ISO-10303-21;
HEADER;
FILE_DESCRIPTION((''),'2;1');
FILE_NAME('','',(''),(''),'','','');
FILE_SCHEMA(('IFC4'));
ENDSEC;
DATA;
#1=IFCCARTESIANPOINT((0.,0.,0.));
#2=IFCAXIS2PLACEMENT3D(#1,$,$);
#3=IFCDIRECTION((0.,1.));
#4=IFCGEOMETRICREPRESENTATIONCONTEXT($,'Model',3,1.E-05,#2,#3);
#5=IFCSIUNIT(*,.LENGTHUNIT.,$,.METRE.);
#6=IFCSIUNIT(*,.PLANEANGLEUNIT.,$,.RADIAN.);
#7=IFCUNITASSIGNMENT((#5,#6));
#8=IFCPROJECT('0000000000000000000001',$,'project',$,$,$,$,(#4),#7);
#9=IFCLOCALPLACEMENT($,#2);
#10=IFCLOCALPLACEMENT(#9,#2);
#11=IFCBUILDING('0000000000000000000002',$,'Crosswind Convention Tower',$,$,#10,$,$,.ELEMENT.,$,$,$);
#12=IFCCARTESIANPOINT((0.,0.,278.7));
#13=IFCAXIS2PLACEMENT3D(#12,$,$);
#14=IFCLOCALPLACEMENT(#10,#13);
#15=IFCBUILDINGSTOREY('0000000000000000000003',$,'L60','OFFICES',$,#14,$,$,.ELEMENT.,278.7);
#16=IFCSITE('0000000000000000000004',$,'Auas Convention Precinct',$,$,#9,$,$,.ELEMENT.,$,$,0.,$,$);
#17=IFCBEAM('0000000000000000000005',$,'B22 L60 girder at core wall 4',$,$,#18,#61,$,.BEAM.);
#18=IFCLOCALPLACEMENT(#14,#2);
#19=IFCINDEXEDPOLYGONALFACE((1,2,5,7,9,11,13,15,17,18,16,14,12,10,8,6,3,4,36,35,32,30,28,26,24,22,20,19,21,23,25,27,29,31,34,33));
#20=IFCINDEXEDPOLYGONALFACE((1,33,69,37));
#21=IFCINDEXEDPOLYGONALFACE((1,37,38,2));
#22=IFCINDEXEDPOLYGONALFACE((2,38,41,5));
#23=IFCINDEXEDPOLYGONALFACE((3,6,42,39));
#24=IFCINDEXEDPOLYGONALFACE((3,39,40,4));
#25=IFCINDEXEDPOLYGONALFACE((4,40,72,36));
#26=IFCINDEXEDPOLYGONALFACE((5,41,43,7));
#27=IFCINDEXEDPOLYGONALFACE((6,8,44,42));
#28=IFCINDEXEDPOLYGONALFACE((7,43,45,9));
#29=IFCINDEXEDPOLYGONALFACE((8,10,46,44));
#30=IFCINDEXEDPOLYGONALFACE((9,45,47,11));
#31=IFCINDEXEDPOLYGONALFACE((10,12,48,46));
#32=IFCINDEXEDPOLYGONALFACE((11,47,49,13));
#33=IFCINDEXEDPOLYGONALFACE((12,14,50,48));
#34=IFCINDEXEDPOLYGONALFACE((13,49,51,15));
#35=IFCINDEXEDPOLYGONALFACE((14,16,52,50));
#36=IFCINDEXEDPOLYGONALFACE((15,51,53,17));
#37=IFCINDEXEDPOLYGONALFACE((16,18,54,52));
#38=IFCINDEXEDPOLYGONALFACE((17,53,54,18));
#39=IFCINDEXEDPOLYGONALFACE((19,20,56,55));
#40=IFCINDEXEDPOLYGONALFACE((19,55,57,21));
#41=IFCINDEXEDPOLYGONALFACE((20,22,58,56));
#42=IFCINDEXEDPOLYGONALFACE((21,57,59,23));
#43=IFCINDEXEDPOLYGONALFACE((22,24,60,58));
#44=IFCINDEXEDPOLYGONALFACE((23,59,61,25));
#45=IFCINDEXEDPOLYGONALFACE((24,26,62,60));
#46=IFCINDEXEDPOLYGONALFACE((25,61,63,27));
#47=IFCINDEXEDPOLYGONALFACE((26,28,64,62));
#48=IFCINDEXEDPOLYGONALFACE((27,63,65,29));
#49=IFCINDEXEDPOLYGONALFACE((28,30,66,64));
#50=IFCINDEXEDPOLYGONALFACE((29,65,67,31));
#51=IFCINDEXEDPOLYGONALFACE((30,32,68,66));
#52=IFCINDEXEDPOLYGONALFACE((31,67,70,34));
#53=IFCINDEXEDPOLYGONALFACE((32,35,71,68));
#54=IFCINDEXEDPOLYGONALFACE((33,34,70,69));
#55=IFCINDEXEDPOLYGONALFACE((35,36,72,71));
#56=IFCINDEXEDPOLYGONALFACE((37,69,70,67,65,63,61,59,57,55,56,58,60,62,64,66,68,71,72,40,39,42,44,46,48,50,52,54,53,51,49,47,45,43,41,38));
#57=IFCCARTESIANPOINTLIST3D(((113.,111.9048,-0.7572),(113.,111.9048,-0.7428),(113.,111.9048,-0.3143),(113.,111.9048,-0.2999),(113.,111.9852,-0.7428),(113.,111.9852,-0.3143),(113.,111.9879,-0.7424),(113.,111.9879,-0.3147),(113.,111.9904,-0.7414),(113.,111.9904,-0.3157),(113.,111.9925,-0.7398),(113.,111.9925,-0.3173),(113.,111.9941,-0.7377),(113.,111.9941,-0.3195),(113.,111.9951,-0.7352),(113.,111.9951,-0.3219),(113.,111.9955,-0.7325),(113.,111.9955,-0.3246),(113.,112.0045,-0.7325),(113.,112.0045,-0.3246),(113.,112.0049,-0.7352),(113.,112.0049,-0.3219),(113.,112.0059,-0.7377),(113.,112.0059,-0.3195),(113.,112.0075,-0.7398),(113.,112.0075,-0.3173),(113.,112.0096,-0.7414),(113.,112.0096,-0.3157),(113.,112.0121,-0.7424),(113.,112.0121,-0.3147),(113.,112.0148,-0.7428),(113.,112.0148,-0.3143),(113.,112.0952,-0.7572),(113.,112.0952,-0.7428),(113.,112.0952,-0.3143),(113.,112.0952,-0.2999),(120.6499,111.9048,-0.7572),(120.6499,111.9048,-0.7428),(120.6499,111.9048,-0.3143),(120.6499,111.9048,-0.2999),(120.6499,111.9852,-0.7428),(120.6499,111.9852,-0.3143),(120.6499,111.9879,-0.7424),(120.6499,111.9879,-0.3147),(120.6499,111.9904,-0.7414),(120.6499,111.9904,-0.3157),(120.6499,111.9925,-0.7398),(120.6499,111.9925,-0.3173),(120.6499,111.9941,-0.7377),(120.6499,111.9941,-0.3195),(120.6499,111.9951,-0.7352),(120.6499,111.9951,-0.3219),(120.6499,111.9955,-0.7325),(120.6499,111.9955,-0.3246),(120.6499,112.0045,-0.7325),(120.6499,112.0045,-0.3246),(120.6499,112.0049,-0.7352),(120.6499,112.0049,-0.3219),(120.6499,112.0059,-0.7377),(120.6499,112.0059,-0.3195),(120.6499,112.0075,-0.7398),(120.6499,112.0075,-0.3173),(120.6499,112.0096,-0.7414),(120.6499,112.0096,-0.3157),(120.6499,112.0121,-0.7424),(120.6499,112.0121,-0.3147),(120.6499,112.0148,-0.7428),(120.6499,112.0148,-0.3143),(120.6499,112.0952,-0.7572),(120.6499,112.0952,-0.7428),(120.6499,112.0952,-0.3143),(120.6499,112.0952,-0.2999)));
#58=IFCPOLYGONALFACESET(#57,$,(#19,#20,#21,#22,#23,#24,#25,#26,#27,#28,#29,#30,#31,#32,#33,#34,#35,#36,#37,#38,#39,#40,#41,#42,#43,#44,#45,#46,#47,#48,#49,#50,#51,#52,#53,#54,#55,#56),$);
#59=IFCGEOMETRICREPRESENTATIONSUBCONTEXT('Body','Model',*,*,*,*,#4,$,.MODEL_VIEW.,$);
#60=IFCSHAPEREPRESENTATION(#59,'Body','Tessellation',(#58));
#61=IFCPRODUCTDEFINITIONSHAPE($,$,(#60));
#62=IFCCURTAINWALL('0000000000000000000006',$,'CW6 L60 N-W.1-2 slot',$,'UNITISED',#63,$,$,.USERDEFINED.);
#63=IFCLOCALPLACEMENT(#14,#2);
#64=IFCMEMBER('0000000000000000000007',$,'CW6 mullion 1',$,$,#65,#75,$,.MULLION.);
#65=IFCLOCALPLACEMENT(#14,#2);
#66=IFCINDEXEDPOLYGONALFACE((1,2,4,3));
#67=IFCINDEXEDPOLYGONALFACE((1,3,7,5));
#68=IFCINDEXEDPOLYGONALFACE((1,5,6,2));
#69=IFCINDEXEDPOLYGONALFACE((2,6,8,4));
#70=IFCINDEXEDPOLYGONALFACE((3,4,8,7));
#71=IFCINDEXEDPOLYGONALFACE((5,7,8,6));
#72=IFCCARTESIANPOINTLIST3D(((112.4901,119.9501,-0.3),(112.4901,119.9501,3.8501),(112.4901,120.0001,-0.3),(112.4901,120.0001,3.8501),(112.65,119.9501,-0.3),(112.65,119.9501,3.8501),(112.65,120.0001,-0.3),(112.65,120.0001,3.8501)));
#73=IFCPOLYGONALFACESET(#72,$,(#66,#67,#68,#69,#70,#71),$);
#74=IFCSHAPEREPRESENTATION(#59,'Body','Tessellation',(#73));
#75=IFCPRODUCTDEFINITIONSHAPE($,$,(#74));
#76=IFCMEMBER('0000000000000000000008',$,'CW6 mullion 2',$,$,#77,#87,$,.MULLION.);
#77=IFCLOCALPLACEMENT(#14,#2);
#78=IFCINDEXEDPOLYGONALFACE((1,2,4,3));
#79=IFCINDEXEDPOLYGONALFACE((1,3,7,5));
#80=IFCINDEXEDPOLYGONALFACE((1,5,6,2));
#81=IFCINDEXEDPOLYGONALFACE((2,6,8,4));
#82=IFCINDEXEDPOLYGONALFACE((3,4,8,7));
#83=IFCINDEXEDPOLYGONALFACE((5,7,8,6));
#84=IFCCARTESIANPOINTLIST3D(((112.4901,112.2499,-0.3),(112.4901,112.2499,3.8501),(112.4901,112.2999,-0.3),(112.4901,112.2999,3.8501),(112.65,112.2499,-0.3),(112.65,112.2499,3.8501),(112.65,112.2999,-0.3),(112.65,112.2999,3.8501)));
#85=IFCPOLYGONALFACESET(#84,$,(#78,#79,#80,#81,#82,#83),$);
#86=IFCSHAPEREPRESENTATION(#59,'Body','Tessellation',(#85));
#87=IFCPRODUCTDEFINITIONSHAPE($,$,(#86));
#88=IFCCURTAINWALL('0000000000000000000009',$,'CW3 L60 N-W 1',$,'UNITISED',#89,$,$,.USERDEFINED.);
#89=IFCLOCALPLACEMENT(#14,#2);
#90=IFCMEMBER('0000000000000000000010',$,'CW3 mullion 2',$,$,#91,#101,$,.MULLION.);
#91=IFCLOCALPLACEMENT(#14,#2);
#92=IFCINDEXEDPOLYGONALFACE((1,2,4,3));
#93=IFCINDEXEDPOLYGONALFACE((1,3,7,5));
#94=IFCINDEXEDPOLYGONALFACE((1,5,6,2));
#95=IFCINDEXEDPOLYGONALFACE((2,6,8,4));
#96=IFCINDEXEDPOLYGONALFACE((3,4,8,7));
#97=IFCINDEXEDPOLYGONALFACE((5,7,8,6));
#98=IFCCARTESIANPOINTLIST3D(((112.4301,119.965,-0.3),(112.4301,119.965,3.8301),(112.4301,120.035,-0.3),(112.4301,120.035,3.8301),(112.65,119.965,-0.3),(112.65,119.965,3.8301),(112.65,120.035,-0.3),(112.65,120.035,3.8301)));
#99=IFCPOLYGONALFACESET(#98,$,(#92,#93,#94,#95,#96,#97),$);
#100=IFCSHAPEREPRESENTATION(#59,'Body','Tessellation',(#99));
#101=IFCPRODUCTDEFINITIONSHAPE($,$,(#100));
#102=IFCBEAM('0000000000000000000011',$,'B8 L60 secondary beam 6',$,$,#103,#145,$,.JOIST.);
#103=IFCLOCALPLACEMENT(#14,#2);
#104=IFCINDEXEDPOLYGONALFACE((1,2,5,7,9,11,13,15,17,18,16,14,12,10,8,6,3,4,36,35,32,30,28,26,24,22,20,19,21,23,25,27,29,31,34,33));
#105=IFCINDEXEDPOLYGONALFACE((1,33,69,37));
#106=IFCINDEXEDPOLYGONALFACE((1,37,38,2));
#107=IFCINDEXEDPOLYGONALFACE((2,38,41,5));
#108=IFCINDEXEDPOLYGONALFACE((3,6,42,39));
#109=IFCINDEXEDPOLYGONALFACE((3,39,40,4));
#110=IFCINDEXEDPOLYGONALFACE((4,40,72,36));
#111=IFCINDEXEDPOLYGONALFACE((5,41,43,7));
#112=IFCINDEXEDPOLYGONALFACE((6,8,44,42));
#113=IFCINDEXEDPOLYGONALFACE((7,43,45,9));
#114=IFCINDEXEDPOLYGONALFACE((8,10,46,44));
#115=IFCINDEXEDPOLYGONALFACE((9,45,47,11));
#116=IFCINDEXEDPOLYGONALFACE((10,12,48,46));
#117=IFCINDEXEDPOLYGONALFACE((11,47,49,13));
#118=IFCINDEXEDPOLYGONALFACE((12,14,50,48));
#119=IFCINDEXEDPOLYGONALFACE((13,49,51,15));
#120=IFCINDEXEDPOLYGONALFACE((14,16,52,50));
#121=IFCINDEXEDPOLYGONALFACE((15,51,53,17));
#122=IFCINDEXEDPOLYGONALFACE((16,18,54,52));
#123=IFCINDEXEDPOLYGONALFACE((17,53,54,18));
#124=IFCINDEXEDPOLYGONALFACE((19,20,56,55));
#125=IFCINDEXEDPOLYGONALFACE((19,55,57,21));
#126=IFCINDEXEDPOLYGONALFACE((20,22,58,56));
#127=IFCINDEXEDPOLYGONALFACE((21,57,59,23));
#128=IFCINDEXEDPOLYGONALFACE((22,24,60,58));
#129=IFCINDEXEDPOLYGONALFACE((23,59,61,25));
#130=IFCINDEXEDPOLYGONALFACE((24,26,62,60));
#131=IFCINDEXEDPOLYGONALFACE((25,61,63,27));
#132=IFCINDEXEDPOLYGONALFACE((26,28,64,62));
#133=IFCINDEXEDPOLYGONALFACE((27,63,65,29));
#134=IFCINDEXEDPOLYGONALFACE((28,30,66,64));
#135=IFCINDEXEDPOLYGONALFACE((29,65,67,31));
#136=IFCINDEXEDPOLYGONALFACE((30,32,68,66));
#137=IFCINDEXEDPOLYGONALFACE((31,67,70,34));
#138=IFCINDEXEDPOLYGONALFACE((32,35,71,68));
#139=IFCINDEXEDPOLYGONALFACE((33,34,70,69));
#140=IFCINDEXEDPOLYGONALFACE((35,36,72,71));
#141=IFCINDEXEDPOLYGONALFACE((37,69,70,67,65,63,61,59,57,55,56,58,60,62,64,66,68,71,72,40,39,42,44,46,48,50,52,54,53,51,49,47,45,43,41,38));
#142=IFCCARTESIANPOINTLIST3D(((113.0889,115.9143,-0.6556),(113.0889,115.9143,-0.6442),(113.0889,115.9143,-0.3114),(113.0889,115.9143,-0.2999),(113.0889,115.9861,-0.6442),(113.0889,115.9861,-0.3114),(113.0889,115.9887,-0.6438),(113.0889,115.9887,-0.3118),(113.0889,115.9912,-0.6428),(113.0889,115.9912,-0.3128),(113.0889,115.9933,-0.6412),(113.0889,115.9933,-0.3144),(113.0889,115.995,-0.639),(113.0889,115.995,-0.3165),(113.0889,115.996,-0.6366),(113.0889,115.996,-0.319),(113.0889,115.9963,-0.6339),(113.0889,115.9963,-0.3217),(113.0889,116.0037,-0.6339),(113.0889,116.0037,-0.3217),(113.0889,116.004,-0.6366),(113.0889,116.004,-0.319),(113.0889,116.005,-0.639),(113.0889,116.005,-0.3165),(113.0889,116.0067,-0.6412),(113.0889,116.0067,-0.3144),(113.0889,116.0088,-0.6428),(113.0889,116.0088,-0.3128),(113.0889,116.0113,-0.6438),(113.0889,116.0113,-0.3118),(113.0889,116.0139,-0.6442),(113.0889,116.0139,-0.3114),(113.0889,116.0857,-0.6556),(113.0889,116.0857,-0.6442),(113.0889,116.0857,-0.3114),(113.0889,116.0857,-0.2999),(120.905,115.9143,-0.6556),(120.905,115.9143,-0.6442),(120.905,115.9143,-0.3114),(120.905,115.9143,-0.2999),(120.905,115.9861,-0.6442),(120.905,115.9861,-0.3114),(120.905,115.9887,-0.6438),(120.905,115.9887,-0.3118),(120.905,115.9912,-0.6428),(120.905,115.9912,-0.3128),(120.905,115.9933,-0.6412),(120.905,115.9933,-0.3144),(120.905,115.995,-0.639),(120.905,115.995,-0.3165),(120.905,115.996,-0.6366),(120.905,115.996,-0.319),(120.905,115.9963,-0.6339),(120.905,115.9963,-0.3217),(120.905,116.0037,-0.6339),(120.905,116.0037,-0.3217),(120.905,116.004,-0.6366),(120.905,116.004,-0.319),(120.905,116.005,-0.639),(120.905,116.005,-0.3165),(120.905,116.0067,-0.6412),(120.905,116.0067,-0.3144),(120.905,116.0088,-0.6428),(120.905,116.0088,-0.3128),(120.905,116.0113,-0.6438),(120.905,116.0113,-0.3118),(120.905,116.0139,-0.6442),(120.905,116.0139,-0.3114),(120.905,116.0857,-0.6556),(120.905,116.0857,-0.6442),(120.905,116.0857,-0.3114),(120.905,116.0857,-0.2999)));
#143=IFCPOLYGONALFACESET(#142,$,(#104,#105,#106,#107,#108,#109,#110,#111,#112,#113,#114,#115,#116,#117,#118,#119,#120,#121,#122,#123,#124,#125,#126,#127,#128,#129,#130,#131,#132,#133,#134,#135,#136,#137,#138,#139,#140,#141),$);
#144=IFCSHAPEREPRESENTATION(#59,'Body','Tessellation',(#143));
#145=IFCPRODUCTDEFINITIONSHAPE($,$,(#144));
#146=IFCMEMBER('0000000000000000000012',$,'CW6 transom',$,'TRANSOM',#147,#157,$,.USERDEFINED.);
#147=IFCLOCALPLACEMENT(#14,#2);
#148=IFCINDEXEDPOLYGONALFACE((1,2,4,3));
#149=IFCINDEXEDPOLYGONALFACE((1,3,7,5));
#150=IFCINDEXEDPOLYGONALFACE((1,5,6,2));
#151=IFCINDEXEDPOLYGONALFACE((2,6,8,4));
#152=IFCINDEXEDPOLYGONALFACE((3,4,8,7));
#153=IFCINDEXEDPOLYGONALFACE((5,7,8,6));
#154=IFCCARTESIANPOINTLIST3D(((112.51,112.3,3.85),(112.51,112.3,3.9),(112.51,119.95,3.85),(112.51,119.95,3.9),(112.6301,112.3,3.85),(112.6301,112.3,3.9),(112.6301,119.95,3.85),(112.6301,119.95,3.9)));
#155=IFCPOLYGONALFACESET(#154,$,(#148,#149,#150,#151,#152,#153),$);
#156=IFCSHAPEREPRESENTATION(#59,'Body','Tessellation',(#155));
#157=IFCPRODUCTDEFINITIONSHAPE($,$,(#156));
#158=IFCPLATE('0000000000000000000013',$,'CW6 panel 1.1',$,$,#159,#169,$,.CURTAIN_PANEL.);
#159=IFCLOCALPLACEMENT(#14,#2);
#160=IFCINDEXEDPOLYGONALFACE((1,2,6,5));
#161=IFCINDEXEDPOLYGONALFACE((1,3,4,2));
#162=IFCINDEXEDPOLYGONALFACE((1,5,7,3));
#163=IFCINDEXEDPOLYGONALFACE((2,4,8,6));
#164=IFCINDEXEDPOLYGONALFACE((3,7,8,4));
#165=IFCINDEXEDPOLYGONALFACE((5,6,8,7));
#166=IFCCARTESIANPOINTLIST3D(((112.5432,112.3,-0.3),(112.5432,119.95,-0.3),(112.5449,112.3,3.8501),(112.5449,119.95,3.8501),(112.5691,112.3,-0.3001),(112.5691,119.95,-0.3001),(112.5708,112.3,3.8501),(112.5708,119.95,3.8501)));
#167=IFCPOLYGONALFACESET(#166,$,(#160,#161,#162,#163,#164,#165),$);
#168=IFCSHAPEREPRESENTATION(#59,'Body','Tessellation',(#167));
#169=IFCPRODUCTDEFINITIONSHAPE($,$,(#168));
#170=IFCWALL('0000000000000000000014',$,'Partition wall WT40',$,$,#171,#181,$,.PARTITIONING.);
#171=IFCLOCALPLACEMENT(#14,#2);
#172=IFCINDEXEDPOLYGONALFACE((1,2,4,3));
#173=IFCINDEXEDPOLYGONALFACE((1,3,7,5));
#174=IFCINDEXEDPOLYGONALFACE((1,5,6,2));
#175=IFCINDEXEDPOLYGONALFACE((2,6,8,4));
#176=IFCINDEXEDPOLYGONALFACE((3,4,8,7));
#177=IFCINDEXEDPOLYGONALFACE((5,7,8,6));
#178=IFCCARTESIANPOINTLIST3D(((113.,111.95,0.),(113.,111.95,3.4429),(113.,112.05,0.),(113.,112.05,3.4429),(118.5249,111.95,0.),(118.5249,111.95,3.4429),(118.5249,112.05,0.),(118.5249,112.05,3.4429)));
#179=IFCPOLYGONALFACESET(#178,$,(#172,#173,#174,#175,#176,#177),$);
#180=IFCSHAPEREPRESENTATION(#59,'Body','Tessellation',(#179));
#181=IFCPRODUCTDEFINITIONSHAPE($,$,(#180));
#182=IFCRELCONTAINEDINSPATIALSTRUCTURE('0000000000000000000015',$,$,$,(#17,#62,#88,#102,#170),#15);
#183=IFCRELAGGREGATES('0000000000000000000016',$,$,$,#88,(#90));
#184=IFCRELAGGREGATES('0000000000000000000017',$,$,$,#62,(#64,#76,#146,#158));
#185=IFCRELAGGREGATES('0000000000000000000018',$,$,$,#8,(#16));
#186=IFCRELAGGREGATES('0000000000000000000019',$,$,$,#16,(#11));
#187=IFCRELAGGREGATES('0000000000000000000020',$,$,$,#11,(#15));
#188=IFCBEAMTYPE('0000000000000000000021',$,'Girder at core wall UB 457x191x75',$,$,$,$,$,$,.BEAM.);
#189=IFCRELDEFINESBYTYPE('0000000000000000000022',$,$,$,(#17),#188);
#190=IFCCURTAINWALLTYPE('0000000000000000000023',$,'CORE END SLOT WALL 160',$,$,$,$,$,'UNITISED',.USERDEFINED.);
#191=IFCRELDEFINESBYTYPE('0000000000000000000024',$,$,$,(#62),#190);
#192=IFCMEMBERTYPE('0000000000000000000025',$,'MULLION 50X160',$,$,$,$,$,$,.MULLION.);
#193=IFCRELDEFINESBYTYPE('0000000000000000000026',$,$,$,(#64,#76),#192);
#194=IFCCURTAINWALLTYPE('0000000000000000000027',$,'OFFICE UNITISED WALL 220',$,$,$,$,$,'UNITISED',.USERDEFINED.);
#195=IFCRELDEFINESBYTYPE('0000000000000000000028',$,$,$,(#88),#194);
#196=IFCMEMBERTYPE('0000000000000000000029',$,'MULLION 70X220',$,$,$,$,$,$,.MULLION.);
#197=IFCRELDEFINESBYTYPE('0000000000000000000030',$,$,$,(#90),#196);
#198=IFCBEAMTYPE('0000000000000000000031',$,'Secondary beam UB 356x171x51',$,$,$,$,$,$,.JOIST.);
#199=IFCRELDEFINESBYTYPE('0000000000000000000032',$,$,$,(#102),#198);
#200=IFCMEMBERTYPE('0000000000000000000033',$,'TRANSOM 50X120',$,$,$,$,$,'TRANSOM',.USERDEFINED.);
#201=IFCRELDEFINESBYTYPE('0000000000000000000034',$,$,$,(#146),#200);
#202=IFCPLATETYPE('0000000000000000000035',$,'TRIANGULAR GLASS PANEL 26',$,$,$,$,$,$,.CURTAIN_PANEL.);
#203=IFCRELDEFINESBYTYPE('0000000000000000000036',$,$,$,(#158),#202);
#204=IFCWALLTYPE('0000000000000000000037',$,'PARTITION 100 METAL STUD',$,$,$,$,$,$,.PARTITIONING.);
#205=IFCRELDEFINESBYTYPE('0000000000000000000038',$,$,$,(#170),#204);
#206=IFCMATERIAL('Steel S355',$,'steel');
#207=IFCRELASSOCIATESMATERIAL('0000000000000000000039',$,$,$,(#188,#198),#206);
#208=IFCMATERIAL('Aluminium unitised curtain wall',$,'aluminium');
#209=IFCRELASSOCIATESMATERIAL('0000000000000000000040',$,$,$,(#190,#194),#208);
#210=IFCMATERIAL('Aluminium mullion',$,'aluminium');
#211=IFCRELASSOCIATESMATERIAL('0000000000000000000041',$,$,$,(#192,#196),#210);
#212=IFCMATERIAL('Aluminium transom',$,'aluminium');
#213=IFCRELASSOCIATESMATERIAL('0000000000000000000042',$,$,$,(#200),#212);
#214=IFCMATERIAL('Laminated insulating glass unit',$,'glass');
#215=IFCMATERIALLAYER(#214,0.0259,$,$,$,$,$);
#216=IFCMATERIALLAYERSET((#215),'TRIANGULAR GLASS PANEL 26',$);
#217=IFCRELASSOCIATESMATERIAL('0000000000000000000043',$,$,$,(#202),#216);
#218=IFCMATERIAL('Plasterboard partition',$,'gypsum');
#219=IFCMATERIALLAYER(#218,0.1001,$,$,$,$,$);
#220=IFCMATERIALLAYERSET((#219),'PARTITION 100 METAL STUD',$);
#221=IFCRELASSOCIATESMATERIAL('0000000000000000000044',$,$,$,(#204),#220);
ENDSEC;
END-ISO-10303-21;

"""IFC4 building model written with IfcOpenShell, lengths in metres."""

from ifc_helpers import new_model, si_unit, direction, frame, frame_2d, origin, origin_2d, place, context, subcontext, project, spatial, polyline, rectangle, i_section, outline, extrude, material, layer, layer_set, material_profile, profile_set, type_object, element, aggregate, save


model = new_model("IFC4")

# Units and contexts
model_context = context("Model", 3, precision=1e-05, world=origin(), true_north=direction((0.0, 1.0)))
body_context = subcontext(model_context, "Body", "Model", "MODEL_VIEW")
ifc_project = project(units=[si_unit("LENGTHUNIT", "METRE"), si_unit("PLANEANGLEUNIT", "RADIAN")], contexts=[model_context])

# Site, building, storey
site_placement = place(None, origin())
site = spatial("IfcSite", under=ifc_project, at=site_placement, Name="Auas Convention Precinct", CompositionType="ELEMENT", RefElevation=0.0)
building_placement = place(site_placement, origin())
building = spatial("IfcBuilding", under=site, at=building_placement, Name="Crosswind Convention Tower", CompositionType="ELEMENT")
storey_placement = place(building_placement, frame((0.0, 0.0, 278.7)))
storey = spatial("IfcBuildingStorey", under=building, at=storey_placement, Name="L60", Description="OFFICES", CompositionType="ELEMENT", Elevation=278.7)

# Beam
ifc_material_1 = material(Name="Steel S355", Category="steel")
ifc_material_profile_1 = material_profile(ifc_material_1, i_section(OverallWidth=0.1904, OverallDepth=0.4573, WebThickness=0.009, FlangeThickness=0.0144, FilletRadius=0.0103, at=origin_2d()), Name="UB 457x191x75")
ifc_profile_set_1 = profile_set([ifc_material_profile_1], Name="Steel S355")
beam_type_1 = type_object("IfcBeamType", Name="Girder at core wall UB 457x191x75", PredefinedType="BEAM", material=ifc_profile_set_1)
beam_1_placement = place(storey_placement, frame((113.0, 112.0, -0.5286), z_axis=(1.0, 0.0, 0.0), x_axis=(0.0, 1.0, 0.0)))
element("IfcBeam", 1, at=beam_1_placement, inside=storey, type_object=beam_type_1, Name="B22 L60 girder at core wall 4", PredefinedType="BEAM", context=body_context, shape_type="SweptSolid", body=[
    extrude(i_section(OverallWidth=0.1904, OverallDepth=0.4573, WebThickness=0.009, FlangeThickness=0.0144, FilletRadius=0.0103, at=origin_2d()), origin(), (0.0, 0.0, 1.0), 7.6499),
])

# Curtain wall, members
ifc_material_2 = material(Name="Aluminium unitised curtain wall", Category="aluminium")
curtain_wall_type_1 = type_object("IfcCurtainWallType", Name="CORE END SLOT WALL 160", ElementType="UNITISED", PredefinedType="USERDEFINED", material=ifc_material_2)
curtain_wall_1_placement = place(storey_placement, origin())
curtain_wall_1 = element("IfcCurtainWall", 2, at=curtain_wall_1_placement, inside=storey, type_object=curtain_wall_type_1, Name="CW6 L60 N-W.1-2 slot", ObjectType="UNITISED", PredefinedType="USERDEFINED")
ifc_material_3 = material(Name="Aluminium mullion", Category="aluminium")
ifc_material_profile_2 = material_profile(ifc_material_3, rectangle(XDim=0.1599, YDim=0.05, at=origin_2d()), Name="AL 160X50")
ifc_profile_set_2 = profile_set([ifc_material_profile_2], Name="Aluminium mullion")
member_type_1 = type_object("IfcMemberType", Name="MULLION 50X160", PredefinedType="MULLION", material=ifc_profile_set_2)
member_1_placement = place(storey_placement, frame((112.5701, 119.9751, -0.3), z_axis=(0.0, 0.0, 1.0), x_axis=(-1.0, 0.0, 0.0)))
member_1 = element("IfcMember", 3, at=member_1_placement, type_object=member_type_1, Name="CW6 mullion 1", PredefinedType="MULLION", context=body_context, shape_type="SweptSolid", body=[
    extrude(rectangle(XDim=0.1599, YDim=0.05, at=origin_2d()), origin(), (0.0, 0.0, 1.0), 4.1501),
])
member_2_placement = place(storey_placement, frame((112.5701, 112.2749, -0.3), z_axis=(0.0, 0.0, 1.0), x_axis=(-1.0, 0.0, 0.0)))
member_2 = element("IfcMember", 4, at=member_2_placement, type_object=member_type_1, Name="CW6 mullion 2", PredefinedType="MULLION", context=body_context, shape_type="SweptSolid", body=[
    extrude(rectangle(XDim=0.1599, YDim=0.05, at=origin_2d()), origin(), (0.0, 0.0, 1.0), 4.1501),
])

# Curtain wall, member
curtain_wall_type_2 = type_object("IfcCurtainWallType", Name="OFFICE UNITISED WALL 220", ElementType="UNITISED", PredefinedType="USERDEFINED", material=ifc_material_2)
curtain_wall_2_placement = place(storey_placement, origin())
curtain_wall_2 = element("IfcCurtainWall", 5, at=curtain_wall_2_placement, inside=storey, type_object=curtain_wall_type_2, Name="CW3 L60 N-W 1", ObjectType="UNITISED", PredefinedType="USERDEFINED")
ifc_material_profile_3 = material_profile(ifc_material_3, rectangle(XDim=0.22, YDim=0.0701, at=origin_2d()), Name="AL 220X70")
ifc_profile_set_3 = profile_set([ifc_material_profile_3], Name="Aluminium mullion")
member_type_2 = type_object("IfcMemberType", Name="MULLION 70X220", PredefinedType="MULLION", material=ifc_profile_set_3)
member_3_placement = place(storey_placement, frame((112.54, 120.0, -0.3), z_axis=(0.0, 0.0, 1.0), x_axis=(-1.0, 0.0, 0.0)))
member_3 = element("IfcMember", 6, at=member_3_placement, type_object=member_type_2, Name="CW3 mullion 2", PredefinedType="MULLION", context=body_context, shape_type="SweptSolid", body=[
    extrude(rectangle(XDim=0.22, YDim=0.0701, at=origin_2d()), origin(), (0.0, 0.0, 1.0), 4.1301),
])
aggregate(curtain_wall_2, [member_3])

# Beam
ifc_material_profile_4 = material_profile(ifc_material_1, i_section(OverallWidth=0.1714, OverallDepth=0.3557, WebThickness=0.0073, FlangeThickness=0.0115, FilletRadius=0.0103, at=origin_2d()), Name="UB 356x171x51")
ifc_profile_set_4 = profile_set([ifc_material_profile_4], Name="Steel S355")
beam_type_2 = type_object("IfcBeamType", Name="Secondary beam UB 356x171x51", PredefinedType="JOIST", material=ifc_profile_set_4)
beam_2_placement = place(storey_placement, frame((113.0889, 116.0, -0.4778), z_axis=(1.0, 0.0, 0.0), x_axis=(0.0, 1.0, 0.0)))
element("IfcBeam", 7, at=beam_2_placement, inside=storey, type_object=beam_type_2, Name="B8 L60 secondary beam 6", PredefinedType="JOIST", context=body_context, shape_type="SweptSolid", body=[
    extrude(i_section(OverallWidth=0.1714, OverallDepth=0.3557, WebThickness=0.0073, FlangeThickness=0.0115, FilletRadius=0.0103, at=origin_2d()), origin(), (0.0, 0.0, 1.0), 7.8162),
])

# Member
ifc_material_4 = material(Name="Aluminium transom", Category="aluminium")
ifc_material_profile_5 = material_profile(ifc_material_4, rectangle(XDim=0.1201, YDim=0.05, at=origin_2d()), Name="AL 120X50")
ifc_profile_set_5 = profile_set([ifc_material_profile_5], Name="Aluminium transom")
member_type_3 = type_object("IfcMemberType", Name="TRANSOM 50X120", ElementType="TRANSOM", PredefinedType="USERDEFINED", material=ifc_profile_set_5)
member_4_placement = place(storey_placement, frame((112.5701, 119.95, 3.875), z_axis=(0.0, -1.0, 0.0), x_axis=(1.0, 0.0, 0.0)))
member_4 = element("IfcMember", 8, at=member_4_placement, type_object=member_type_3, Name="CW6 transom", ObjectType="TRANSOM", PredefinedType="USERDEFINED", context=body_context, shape_type="SweptSolid", body=[
    extrude(rectangle(XDim=0.1201, YDim=0.05, at=origin_2d()), origin(), (0.0, 0.0, 1.0), 7.6499),
])

# Plate
ifc_material_5 = material(Name="Laminated insulating glass unit", Category="glass")
ifc_layer_1 = layer(ifc_material_5, 0.0259)
ifc_layer_set_1 = layer_set([ifc_layer_1], Name="TRIANGULAR GLASS PANEL 26")
plate_type = type_object("IfcPlateType", Name="TRIANGULAR GLASS PANEL 26", PredefinedType="CURTAIN_PANEL", material=ifc_layer_set_1)
plate_placement = place(storey_placement, frame((112.5432, 119.95, -0.3), z_axis=(-1.0, 0.0, 0.000412), x_axis=(0.0, -1.0, 0.0)))
plate = element("IfcPlate", 9, at=plate_placement, type_object=plate_type, Name="CW6 panel 1.1", PredefinedType="CURTAIN_PANEL", context=body_context, shape_type="SweptSolid", body=[
    extrude(outline(polyline([(0.0, 0.0), (7.6499, 0.0), (7.6499, 4.1501), (0.0, 4.1501), (0.0, 0.0)])), origin(), (0.0, 0.0, -1.0), 0.0259),
])
aggregate(curtain_wall_1, [member_1, member_2, member_4, plate])

# Wall
ifc_material_6 = material(Name="Plasterboard partition", Category="gypsum")
ifc_layer_2 = layer(ifc_material_6, 0.1001)
ifc_layer_set_2 = layer_set([ifc_layer_2], Name="PARTITION 100 METAL STUD")
wall_type_1 = type_object("IfcWallType", Name="PARTITION 100 METAL STUD", PredefinedType="PARTITIONING", material=ifc_layer_set_2)
wall_1_placement = place(storey_placement, frame((113.0, 112.0, 0.0), z_axis=(0.0, 0.0, 1.0), x_axis=(1.0, 0.0, 0.0)))
element("IfcWall", 10, at=wall_1_placement, inside=storey, type_object=wall_type_1, Name="Partition wall WT40", PredefinedType="PARTITIONING", context=body_context, shape_type="SweptSolid", body=[
    extrude(rectangle(XDim=5.5249, YDim=0.1001, at=frame_2d((2.7625, 0.0))), origin(), (0.0, 0.0, 1.0), 3.4429),
])

save(model, "model.ifc")
